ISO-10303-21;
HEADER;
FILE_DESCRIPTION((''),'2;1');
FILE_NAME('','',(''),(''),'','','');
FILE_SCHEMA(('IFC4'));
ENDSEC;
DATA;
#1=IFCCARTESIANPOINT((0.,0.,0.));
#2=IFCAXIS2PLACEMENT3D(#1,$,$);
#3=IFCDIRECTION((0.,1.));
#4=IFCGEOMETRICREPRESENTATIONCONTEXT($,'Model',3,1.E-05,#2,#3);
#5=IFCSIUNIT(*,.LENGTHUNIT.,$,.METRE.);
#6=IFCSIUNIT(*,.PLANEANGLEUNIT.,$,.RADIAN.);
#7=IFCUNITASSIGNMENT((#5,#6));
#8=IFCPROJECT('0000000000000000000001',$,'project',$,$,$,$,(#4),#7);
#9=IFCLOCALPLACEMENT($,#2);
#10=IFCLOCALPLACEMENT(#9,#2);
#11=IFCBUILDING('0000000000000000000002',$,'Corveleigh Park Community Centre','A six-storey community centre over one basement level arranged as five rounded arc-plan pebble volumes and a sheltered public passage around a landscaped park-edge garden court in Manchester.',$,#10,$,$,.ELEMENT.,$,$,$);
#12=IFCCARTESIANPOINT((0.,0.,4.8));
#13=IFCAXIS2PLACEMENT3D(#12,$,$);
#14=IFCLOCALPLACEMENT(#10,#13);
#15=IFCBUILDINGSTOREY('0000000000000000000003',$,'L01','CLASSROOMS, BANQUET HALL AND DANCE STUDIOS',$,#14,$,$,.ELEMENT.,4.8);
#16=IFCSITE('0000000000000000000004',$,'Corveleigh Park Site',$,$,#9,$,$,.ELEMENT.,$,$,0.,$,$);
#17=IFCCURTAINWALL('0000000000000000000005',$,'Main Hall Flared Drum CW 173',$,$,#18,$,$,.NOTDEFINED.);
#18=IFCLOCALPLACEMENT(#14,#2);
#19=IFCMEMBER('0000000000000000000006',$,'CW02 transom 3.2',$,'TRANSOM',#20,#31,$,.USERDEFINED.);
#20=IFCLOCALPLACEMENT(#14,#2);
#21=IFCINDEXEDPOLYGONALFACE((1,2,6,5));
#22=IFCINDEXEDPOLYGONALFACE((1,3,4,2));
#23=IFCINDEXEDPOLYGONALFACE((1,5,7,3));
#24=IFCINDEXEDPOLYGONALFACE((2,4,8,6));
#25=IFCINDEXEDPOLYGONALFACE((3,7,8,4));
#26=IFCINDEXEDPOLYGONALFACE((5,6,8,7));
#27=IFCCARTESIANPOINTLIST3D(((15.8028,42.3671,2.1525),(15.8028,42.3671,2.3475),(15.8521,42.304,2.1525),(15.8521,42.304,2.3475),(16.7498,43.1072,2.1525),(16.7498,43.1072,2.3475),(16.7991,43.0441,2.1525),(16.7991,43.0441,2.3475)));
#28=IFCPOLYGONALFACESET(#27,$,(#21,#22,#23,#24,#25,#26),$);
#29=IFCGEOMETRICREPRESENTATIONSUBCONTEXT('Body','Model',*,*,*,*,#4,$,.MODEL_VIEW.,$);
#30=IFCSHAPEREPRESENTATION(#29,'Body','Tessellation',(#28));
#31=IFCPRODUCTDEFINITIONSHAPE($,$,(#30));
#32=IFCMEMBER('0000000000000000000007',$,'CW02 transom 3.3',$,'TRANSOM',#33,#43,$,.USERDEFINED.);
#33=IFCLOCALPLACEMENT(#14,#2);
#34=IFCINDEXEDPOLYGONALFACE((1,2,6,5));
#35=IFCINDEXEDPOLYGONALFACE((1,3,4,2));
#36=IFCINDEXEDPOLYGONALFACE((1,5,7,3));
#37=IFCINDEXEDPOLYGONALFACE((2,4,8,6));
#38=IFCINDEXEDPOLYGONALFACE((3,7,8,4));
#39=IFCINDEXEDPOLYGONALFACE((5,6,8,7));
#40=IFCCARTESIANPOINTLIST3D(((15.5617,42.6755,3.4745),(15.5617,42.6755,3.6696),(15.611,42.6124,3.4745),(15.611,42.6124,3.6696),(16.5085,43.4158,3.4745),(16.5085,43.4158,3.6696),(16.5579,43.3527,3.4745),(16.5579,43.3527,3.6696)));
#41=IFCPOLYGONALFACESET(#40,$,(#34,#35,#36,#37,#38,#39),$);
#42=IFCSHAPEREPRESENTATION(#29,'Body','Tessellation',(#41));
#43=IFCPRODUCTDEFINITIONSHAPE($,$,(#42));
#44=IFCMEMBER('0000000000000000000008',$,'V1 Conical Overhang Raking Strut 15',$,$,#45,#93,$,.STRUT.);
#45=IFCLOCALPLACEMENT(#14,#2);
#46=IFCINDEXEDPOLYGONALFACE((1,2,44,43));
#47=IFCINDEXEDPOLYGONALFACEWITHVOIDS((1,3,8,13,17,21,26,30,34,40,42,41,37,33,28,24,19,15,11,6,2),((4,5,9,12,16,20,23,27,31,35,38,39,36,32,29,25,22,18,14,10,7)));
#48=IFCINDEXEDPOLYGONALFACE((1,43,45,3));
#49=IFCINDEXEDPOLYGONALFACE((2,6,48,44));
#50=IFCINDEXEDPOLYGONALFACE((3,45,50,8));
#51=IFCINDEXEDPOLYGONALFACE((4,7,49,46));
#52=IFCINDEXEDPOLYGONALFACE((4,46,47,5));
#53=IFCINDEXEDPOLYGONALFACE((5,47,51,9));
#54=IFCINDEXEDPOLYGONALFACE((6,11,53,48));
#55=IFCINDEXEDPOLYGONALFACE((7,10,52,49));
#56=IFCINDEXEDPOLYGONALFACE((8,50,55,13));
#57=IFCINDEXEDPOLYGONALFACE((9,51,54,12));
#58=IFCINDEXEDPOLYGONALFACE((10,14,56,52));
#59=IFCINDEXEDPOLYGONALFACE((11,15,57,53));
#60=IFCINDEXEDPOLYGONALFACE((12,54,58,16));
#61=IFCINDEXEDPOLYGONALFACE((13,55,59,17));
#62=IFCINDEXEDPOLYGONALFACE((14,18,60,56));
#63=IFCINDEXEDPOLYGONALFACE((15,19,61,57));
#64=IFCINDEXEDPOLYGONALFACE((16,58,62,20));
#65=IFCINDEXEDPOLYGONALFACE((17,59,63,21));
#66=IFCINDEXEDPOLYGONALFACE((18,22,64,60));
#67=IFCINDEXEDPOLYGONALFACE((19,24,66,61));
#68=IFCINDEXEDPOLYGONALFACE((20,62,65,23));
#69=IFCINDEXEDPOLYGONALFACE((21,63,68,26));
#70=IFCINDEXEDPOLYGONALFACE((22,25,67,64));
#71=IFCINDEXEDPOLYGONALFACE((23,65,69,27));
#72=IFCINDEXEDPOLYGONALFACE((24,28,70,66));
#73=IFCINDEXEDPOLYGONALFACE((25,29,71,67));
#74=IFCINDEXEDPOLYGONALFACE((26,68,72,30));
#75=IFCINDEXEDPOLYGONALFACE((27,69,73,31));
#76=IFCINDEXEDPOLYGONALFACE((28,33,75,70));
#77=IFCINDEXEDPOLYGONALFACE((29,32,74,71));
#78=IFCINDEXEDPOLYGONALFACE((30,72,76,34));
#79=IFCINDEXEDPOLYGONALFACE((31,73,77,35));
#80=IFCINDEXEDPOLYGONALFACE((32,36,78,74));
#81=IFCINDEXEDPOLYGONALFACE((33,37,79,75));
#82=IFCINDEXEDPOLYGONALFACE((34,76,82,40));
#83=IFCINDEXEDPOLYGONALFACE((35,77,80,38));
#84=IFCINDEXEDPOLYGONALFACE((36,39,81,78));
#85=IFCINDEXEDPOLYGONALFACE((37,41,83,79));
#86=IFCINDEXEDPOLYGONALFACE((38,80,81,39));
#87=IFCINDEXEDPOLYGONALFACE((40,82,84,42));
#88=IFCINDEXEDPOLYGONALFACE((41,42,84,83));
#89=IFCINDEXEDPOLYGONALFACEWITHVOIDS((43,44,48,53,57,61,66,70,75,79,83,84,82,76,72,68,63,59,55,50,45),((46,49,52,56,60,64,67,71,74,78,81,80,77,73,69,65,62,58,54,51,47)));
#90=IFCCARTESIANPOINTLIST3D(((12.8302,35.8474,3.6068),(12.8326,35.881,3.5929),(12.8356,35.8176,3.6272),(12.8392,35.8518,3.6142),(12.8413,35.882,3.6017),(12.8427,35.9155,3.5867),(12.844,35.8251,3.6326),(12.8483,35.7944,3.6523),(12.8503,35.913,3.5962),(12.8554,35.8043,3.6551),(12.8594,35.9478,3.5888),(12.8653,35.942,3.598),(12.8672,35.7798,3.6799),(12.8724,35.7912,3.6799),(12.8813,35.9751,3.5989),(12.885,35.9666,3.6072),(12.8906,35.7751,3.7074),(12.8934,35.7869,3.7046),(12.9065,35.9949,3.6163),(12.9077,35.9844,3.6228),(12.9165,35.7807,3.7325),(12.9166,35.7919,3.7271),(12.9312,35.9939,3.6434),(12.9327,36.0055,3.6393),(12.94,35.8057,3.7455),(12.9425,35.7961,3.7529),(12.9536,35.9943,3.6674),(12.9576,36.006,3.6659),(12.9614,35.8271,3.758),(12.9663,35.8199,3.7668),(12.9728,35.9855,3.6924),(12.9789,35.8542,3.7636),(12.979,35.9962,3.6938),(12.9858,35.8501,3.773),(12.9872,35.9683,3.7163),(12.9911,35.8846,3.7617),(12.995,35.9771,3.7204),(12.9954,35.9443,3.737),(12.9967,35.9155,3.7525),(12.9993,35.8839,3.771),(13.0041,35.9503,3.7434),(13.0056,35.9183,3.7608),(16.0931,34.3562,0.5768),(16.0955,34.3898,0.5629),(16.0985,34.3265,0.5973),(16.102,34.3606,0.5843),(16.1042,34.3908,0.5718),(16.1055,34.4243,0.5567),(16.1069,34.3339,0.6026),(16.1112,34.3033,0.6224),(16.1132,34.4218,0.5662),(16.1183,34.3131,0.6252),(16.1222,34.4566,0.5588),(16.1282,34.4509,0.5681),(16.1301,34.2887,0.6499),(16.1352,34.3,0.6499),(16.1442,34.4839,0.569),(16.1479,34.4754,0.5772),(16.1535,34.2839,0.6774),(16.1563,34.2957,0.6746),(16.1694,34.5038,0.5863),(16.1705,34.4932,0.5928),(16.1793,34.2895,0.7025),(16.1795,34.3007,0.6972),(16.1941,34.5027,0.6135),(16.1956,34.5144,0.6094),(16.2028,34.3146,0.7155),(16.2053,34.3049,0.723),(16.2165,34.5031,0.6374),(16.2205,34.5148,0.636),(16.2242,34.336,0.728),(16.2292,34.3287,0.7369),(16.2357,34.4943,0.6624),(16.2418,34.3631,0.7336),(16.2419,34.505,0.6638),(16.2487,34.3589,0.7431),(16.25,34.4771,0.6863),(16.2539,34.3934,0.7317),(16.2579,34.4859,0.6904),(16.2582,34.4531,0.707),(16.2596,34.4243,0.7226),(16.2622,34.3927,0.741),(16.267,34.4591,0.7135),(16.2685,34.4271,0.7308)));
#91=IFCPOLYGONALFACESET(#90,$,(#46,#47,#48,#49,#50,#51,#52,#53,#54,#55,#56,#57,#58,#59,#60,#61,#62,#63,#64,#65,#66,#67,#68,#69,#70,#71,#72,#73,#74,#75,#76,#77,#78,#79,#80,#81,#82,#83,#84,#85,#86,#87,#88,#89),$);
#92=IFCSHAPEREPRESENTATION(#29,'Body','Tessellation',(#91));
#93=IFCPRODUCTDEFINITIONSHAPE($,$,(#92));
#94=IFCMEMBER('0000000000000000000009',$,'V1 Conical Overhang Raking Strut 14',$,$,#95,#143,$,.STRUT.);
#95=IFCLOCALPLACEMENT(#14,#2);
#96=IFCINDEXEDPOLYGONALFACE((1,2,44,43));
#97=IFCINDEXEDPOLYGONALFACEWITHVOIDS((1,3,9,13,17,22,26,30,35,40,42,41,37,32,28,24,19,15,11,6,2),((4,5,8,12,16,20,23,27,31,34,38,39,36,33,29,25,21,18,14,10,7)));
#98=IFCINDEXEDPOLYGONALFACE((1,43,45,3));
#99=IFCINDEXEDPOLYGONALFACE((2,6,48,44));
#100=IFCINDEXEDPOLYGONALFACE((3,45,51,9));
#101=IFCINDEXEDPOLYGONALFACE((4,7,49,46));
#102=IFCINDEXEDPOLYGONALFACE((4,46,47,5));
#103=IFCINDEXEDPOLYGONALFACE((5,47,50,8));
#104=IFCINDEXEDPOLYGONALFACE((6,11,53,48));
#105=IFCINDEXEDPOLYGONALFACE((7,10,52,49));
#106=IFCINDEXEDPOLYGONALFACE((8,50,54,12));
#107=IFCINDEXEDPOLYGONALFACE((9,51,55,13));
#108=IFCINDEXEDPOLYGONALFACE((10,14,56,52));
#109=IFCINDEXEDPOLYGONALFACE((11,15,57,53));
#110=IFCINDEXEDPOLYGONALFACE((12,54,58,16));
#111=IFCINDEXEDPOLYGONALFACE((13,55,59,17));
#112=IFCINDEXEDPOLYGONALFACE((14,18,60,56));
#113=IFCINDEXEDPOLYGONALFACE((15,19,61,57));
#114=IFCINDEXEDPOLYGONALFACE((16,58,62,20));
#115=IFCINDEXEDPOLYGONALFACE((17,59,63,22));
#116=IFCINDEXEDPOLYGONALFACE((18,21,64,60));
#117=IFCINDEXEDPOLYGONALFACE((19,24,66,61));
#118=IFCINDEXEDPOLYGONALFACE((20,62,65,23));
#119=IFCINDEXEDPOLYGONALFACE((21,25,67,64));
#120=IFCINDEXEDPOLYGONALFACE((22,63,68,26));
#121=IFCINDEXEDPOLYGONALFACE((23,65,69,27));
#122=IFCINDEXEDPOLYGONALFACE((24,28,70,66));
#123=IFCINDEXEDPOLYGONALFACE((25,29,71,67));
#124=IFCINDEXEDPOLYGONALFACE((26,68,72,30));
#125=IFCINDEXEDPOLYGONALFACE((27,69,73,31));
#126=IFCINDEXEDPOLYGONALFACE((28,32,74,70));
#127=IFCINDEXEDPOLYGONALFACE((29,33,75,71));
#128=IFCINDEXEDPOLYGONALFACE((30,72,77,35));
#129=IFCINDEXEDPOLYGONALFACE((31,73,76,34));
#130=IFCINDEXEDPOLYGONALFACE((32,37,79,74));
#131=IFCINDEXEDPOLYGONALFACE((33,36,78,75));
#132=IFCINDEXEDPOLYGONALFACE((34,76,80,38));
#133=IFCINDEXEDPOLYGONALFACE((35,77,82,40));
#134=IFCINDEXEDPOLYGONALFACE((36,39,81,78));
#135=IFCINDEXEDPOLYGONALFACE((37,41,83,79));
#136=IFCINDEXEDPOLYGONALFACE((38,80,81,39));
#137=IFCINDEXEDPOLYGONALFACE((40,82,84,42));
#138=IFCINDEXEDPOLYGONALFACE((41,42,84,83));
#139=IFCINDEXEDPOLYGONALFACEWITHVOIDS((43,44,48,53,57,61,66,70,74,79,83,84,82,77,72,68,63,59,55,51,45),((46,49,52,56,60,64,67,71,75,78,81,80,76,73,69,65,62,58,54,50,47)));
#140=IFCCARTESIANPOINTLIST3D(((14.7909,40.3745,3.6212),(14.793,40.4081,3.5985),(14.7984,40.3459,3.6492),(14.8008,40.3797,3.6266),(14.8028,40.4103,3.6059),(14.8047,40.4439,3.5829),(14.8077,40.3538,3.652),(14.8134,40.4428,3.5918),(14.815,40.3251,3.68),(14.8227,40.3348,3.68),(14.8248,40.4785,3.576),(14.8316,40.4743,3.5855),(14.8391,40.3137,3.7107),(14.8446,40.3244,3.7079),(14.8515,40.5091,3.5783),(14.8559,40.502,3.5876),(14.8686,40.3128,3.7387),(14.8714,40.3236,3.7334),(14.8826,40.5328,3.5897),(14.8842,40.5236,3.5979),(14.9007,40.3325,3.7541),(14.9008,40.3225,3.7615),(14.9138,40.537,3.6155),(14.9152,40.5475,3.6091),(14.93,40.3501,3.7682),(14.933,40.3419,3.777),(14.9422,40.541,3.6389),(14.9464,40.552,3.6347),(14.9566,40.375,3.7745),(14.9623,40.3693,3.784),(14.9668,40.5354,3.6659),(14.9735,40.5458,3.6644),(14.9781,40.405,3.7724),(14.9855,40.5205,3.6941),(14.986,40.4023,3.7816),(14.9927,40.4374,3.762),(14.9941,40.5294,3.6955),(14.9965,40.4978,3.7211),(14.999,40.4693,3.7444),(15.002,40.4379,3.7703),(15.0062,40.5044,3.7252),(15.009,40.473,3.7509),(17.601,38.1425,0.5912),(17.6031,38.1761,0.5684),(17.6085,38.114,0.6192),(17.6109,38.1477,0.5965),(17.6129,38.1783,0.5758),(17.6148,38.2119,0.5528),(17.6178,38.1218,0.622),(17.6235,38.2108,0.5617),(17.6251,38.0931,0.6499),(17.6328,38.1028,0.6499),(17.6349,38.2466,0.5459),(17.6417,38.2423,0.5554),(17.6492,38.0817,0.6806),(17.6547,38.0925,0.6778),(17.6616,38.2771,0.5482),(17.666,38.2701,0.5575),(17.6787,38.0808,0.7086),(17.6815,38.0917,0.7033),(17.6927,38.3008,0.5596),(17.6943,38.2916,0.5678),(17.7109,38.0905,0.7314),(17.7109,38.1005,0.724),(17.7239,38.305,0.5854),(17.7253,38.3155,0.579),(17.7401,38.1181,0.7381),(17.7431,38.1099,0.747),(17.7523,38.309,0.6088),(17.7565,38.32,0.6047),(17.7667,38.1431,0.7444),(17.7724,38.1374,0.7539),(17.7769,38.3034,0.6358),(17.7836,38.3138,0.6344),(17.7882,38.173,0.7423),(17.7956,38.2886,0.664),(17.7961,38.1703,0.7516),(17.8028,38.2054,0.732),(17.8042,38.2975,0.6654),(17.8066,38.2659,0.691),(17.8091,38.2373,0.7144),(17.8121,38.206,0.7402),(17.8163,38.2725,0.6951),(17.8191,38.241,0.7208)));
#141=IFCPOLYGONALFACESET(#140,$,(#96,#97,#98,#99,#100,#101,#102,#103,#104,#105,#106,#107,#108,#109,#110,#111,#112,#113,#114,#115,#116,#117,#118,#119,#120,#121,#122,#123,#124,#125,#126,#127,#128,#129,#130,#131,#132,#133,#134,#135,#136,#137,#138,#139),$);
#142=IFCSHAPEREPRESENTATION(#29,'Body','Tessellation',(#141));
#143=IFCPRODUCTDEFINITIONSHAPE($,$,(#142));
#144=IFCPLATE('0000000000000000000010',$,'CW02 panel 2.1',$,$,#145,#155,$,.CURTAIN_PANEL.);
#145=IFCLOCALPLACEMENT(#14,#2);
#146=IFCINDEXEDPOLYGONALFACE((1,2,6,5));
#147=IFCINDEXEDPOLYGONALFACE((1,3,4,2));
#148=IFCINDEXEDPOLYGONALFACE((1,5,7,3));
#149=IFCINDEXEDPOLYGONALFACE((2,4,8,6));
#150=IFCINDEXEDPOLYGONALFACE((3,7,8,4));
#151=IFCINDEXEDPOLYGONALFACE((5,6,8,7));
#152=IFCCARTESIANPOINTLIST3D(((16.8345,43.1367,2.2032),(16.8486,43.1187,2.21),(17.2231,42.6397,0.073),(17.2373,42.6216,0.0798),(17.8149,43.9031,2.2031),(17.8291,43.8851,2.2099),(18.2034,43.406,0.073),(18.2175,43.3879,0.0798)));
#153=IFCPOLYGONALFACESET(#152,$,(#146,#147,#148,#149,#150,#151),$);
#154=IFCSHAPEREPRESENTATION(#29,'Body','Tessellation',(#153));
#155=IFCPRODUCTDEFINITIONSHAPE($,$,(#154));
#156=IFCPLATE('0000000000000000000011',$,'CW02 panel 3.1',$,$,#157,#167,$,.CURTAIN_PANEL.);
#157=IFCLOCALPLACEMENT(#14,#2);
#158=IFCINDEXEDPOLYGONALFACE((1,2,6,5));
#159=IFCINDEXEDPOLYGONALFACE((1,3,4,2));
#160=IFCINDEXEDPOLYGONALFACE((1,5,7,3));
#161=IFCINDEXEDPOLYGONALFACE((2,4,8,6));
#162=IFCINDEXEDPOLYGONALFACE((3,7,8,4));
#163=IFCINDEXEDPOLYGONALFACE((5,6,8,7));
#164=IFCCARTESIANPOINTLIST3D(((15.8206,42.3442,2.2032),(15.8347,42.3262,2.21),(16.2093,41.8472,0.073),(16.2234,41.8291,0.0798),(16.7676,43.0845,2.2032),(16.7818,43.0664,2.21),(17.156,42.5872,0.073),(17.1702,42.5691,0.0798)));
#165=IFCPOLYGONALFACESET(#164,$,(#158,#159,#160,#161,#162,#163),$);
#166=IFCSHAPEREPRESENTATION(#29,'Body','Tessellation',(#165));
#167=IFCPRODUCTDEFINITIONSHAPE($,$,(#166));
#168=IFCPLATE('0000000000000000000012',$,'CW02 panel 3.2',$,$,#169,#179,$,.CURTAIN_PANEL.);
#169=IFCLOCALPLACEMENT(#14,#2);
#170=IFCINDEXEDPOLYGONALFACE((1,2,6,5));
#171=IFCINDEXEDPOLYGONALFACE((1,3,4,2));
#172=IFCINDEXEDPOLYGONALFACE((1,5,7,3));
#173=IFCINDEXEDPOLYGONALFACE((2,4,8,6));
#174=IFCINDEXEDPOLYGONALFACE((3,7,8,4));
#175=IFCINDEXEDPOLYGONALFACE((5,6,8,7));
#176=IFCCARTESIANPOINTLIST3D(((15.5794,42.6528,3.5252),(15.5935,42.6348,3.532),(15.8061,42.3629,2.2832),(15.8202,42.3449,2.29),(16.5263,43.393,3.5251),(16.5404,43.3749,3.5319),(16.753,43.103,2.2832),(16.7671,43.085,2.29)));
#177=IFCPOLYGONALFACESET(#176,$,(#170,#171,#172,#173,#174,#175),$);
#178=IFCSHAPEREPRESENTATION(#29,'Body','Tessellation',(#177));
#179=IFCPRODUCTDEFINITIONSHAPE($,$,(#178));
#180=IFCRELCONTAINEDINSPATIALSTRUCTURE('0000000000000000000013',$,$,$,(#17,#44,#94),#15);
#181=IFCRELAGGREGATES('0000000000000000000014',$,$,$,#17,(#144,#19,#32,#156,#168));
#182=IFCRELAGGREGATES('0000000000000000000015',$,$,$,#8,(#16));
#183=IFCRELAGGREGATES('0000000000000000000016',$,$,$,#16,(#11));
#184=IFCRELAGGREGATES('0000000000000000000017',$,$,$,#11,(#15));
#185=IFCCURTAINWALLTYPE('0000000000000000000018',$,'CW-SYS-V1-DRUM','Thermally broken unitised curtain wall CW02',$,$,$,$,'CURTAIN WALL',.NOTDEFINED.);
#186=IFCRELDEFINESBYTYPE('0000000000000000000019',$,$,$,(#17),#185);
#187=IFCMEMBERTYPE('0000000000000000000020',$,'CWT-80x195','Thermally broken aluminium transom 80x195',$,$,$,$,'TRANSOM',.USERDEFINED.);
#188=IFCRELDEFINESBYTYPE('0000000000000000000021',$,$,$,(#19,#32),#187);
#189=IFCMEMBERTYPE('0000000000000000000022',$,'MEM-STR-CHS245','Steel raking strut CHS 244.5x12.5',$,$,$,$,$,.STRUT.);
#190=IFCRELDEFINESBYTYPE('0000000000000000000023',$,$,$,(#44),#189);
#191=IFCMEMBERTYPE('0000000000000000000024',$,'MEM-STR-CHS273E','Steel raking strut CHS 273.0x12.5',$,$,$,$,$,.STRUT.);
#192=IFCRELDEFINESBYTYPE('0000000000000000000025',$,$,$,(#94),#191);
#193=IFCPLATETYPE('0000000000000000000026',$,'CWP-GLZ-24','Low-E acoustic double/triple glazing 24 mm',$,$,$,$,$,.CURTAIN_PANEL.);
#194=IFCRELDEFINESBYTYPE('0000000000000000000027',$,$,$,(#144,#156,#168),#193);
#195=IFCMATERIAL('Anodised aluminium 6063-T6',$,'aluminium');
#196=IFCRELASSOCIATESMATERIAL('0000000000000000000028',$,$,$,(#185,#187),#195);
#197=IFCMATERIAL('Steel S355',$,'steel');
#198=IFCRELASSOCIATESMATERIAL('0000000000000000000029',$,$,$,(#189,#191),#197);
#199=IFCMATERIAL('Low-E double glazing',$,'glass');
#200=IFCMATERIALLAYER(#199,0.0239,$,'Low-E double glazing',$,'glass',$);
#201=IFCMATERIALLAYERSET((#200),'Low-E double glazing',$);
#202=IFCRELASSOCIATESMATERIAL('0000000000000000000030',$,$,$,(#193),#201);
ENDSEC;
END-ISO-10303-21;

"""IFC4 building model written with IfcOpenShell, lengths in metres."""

from ifc_helpers import new_model, si_unit, direction, frame, origin, origin_2d, place, context, subcontext, project, spatial, polyline, rectangle, hollow_circle, outline, extrude, material, layer, layer_set, material_profile, profile_set, type_object, element, aggregate, save


model = new_model("IFC4")

# Units and contexts
model_context = context("Model", 3, precision=1e-05, world=origin(), true_north=direction((0.0, 1.0)))
body_context = subcontext(model_context, "Body", "Model", "MODEL_VIEW")
ifc_project = project(units=[si_unit("LENGTHUNIT", "METRE"), si_unit("PLANEANGLEUNIT", "RADIAN")], contexts=[model_context])

# Site, building, storey
site_placement = place(None, origin())
site = spatial("IfcSite", under=ifc_project, at=site_placement, Name="Corveleigh Park Site", CompositionType="ELEMENT", RefElevation=0.0)
building_placement = place(site_placement, origin())
building = spatial("IfcBuilding", under=site, at=building_placement, Name="Corveleigh Park Community Centre", Description="A six-storey community centre over one basement level arranged as five rounded arc-plan pebble volumes and a sheltered public passage around a landscaped park-edge garden court in Manchester.", CompositionType="ELEMENT")
storey_placement = place(building_placement, frame((0.0, 0.0, 4.8)))
storey = spatial("IfcBuildingStorey", under=building, at=storey_placement, Name="L01", Description="CLASSROOMS, BANQUET HALL AND DANCE STUDIOS", CompositionType="ELEMENT", Elevation=4.8)

# Shared definitions
ifc_material_1 = material(Name="Steel S355", Category="steel")

# Curtain wall, members
ifc_material_2 = material(Name="Anodised aluminium 6063-T6", Category="aluminium")
curtain_wall_type = type_object("IfcCurtainWallType", Name="CW-SYS-V1-DRUM", Description="Thermally broken unitised curtain wall CW02", ElementType="CURTAIN WALL", PredefinedType="NOTDEFINED", material=ifc_material_2)
curtain_wall_placement = place(storey_placement, origin())
curtain_wall = element("IfcCurtainWall", 1, at=curtain_wall_placement, inside=storey, type_object=curtain_wall_type, Name="Main Hall Flared Drum CW 173", PredefinedType="NOTDEFINED")
ifc_material_profile_1 = material_profile(ifc_material_2, rectangle(XDim=0.0801, YDim=0.1951, at=origin_2d()), Name="ALU-T80x195", Category="aluminium")
ifc_profile_set_1 = profile_set([ifc_material_profile_1], Name="Anodised aluminium 6063-T6")
member_type_1 = type_object("IfcMemberType", Name="CWT-80x195", Description="Thermally broken aluminium transom 80x195", ElementType="TRANSOM", PredefinedType="USERDEFINED", material=ifc_profile_set_1)
member_1_placement = place(storey_placement, frame((16.7744, 43.0757, 2.25), z_axis=(-0.787873, -0.615837, 0.0), x_axis=(0.615837, -0.787873, 0.0)))
member_1 = element("IfcMember", 2, at=member_1_placement, type_object=member_type_1, Name="CW02 transom 3.2", ObjectType="TRANSOM", PredefinedType="USERDEFINED", context=body_context, shape_type="SweptSolid", body=[
    extrude(rectangle(XDim=0.0801, YDim=0.1951, at=origin_2d()), origin(), (0.0, 0.0, 1.0), 1.2019),
])
member_2_placement = place(storey_placement, frame((16.5332, 43.3843, 3.572), z_axis=(-0.787796, -0.615936, 0.0), x_axis=(0.615936, -0.787796, 0.0)))
member_2 = element("IfcMember", 3, at=member_2_placement, type_object=member_type_1, Name="CW02 transom 3.3", ObjectType="TRANSOM", PredefinedType="USERDEFINED", context=body_context, shape_type="SweptSolid", body=[
    extrude(rectangle(XDim=0.0801, YDim=0.1951, at=origin_2d()), origin(), (0.0, 0.0, 1.0), 1.2019),
])

# Members
ifc_material_profile_2 = material_profile(ifc_material_1, hollow_circle(Radius=0.1223, WallThickness=0.0125, at=origin_2d()), Name="CHS 244.5x12.5", Category="steel")
ifc_profile_set_2 = profile_set([ifc_material_profile_2], Name="Steel S355")
member_type_2 = type_object("IfcMemberType", Name="MEM-STR-CHS245", Description="Steel raking strut CHS 244.5x12.5", PredefinedType="STRUT", material=ifc_profile_set_2)
member_3_placement = place(storey_placement, frame((16.1809, 34.3999, 0.6499), z_axis=(-0.694847, 0.317555, 0.645249), x_axis=(-0.415663, -0.909519, 0.0)))
element("IfcMember", 4, at=member_3_placement, inside=storey, type_object=member_type_2, Name="V1 Conical Overhang Raking Strut 15", PredefinedType="STRUT", context=body_context, shape_type="SweptSolid", body=[
    extrude(hollow_circle(Radius=0.1223, WallThickness=0.0125, at=origin_2d()), origin(), (0.0, 0.0, 1.0), 4.6958),
])
ifc_material_profile_3 = material_profile(ifc_material_1, hollow_circle(Radius=0.1365, WallThickness=0.0125, at=origin_2d()), Name="CHS 273.0x12.5", Category="steel")
ifc_profile_set_3 = profile_set([ifc_material_profile_3], Name="Steel S355")
member_type_3 = type_object("IfcMemberType", Name="MEM-STR-CHS273E", Description="Steel raking strut CHS 273.0x12.5", PredefinedType="STRUT", material=ifc_profile_set_3)
member_4_placement = place(storey_placement, frame((17.71, 38.2, 0.6499), z_axis=(-0.598304, 0.475213, 0.645139), x_axis=(-0.621953, -0.783054, 0.0)))
element("IfcMember", 5, at=member_4_placement, inside=storey, type_object=member_type_3, Name="V1 Conical Overhang Raking Strut 14", PredefinedType="STRUT", context=body_context, shape_type="SweptSolid", body=[
    extrude(hollow_circle(Radius=0.1365, WallThickness=0.0125, at=origin_2d()), origin(), (0.0, 0.0, 1.0), 4.6968),
])

# Plates
ifc_material_3 = material(Name="Low-E double glazing", Category="glass")
ifc_layer_1 = layer(ifc_material_3, 0.0239, Name="Low-E double glazing", Category="glass")
ifc_layer_set_1 = layer_set([ifc_layer_1], Name="Low-E double glazing")
plate_type_1 = type_object("IfcPlateType", Name="CWP-GLZ-24", Description="Low-E acoustic double/triple glazing 24 mm", PredefinedType="CURTAIN_PANEL", material=ifc_layer_set_1)
plate_1_placement = place(storey_placement, frame((18.2175, 43.3879, 0.0798), z_axis=(0.590517, -0.755407, 0.28399), x_axis=(-0.787841, -0.615878, -0.000016)))
plate_1 = element("IfcPlate", 6, at=plate_1_placement, type_object=plate_type_1, Name="CW02 panel 2.1", PredefinedType="CURTAIN_PANEL", context=body_context, shape_type="SweptSolid", body=[
    extrude(outline(polyline([(0.0, 0.0), (1.2442, 0.0), (1.2443, -2.2216), (-0.0002, -2.2216), (0.0, 0.0)])), origin(), (0.0, 0.0, -1.0), 0.0239),
])
plate_2_placement = place(storey_placement, frame((17.1702, 42.5691, 0.0798), z_axis=(0.590461, -0.755435, 0.28403), x_axis=(-0.787885, -0.615822, 0.000005)))
plate_2 = element("IfcPlate", 7, at=plate_2_placement, type_object=plate_type_1, Name="CW02 panel 3.1", PredefinedType="CURTAIN_PANEL", context=body_context, shape_type="SweptSolid", body=[
    extrude(outline(polyline([(0.0, 0.0), (1.2017, 0.0), (1.2018, -2.2216), (-0.0002, -2.2216), (0.0, 0.0)])), origin(), (0.0, 0.0, -1.0), 0.0239),
])
plate_3_placement = place(storey_placement, frame((16.7671, 43.085, 2.29), z_axis=(0.590446, -0.755416, 0.284114), x_axis=(-0.787877, -0.615832, -0.000039)))
plate_3 = element("IfcPlate", 8, at=plate_3_placement, type_object=plate_type_1, Name="CW02 panel 3.2", PredefinedType="CURTAIN_PANEL", context=body_context, shape_type="SweptSolid", body=[
    extrude(outline(polyline([(0.0, 0.0), (1.2018, 0.0), (1.2018, -1.2954), (0.0, -1.2953), (0.0, 0.0)])), origin(), (0.0, 0.0, -1.0), 0.0239),
])
aggregate(curtain_wall, [plate_1, member_1, member_2, plate_2, plate_3])

save(model, "model.ifc")
